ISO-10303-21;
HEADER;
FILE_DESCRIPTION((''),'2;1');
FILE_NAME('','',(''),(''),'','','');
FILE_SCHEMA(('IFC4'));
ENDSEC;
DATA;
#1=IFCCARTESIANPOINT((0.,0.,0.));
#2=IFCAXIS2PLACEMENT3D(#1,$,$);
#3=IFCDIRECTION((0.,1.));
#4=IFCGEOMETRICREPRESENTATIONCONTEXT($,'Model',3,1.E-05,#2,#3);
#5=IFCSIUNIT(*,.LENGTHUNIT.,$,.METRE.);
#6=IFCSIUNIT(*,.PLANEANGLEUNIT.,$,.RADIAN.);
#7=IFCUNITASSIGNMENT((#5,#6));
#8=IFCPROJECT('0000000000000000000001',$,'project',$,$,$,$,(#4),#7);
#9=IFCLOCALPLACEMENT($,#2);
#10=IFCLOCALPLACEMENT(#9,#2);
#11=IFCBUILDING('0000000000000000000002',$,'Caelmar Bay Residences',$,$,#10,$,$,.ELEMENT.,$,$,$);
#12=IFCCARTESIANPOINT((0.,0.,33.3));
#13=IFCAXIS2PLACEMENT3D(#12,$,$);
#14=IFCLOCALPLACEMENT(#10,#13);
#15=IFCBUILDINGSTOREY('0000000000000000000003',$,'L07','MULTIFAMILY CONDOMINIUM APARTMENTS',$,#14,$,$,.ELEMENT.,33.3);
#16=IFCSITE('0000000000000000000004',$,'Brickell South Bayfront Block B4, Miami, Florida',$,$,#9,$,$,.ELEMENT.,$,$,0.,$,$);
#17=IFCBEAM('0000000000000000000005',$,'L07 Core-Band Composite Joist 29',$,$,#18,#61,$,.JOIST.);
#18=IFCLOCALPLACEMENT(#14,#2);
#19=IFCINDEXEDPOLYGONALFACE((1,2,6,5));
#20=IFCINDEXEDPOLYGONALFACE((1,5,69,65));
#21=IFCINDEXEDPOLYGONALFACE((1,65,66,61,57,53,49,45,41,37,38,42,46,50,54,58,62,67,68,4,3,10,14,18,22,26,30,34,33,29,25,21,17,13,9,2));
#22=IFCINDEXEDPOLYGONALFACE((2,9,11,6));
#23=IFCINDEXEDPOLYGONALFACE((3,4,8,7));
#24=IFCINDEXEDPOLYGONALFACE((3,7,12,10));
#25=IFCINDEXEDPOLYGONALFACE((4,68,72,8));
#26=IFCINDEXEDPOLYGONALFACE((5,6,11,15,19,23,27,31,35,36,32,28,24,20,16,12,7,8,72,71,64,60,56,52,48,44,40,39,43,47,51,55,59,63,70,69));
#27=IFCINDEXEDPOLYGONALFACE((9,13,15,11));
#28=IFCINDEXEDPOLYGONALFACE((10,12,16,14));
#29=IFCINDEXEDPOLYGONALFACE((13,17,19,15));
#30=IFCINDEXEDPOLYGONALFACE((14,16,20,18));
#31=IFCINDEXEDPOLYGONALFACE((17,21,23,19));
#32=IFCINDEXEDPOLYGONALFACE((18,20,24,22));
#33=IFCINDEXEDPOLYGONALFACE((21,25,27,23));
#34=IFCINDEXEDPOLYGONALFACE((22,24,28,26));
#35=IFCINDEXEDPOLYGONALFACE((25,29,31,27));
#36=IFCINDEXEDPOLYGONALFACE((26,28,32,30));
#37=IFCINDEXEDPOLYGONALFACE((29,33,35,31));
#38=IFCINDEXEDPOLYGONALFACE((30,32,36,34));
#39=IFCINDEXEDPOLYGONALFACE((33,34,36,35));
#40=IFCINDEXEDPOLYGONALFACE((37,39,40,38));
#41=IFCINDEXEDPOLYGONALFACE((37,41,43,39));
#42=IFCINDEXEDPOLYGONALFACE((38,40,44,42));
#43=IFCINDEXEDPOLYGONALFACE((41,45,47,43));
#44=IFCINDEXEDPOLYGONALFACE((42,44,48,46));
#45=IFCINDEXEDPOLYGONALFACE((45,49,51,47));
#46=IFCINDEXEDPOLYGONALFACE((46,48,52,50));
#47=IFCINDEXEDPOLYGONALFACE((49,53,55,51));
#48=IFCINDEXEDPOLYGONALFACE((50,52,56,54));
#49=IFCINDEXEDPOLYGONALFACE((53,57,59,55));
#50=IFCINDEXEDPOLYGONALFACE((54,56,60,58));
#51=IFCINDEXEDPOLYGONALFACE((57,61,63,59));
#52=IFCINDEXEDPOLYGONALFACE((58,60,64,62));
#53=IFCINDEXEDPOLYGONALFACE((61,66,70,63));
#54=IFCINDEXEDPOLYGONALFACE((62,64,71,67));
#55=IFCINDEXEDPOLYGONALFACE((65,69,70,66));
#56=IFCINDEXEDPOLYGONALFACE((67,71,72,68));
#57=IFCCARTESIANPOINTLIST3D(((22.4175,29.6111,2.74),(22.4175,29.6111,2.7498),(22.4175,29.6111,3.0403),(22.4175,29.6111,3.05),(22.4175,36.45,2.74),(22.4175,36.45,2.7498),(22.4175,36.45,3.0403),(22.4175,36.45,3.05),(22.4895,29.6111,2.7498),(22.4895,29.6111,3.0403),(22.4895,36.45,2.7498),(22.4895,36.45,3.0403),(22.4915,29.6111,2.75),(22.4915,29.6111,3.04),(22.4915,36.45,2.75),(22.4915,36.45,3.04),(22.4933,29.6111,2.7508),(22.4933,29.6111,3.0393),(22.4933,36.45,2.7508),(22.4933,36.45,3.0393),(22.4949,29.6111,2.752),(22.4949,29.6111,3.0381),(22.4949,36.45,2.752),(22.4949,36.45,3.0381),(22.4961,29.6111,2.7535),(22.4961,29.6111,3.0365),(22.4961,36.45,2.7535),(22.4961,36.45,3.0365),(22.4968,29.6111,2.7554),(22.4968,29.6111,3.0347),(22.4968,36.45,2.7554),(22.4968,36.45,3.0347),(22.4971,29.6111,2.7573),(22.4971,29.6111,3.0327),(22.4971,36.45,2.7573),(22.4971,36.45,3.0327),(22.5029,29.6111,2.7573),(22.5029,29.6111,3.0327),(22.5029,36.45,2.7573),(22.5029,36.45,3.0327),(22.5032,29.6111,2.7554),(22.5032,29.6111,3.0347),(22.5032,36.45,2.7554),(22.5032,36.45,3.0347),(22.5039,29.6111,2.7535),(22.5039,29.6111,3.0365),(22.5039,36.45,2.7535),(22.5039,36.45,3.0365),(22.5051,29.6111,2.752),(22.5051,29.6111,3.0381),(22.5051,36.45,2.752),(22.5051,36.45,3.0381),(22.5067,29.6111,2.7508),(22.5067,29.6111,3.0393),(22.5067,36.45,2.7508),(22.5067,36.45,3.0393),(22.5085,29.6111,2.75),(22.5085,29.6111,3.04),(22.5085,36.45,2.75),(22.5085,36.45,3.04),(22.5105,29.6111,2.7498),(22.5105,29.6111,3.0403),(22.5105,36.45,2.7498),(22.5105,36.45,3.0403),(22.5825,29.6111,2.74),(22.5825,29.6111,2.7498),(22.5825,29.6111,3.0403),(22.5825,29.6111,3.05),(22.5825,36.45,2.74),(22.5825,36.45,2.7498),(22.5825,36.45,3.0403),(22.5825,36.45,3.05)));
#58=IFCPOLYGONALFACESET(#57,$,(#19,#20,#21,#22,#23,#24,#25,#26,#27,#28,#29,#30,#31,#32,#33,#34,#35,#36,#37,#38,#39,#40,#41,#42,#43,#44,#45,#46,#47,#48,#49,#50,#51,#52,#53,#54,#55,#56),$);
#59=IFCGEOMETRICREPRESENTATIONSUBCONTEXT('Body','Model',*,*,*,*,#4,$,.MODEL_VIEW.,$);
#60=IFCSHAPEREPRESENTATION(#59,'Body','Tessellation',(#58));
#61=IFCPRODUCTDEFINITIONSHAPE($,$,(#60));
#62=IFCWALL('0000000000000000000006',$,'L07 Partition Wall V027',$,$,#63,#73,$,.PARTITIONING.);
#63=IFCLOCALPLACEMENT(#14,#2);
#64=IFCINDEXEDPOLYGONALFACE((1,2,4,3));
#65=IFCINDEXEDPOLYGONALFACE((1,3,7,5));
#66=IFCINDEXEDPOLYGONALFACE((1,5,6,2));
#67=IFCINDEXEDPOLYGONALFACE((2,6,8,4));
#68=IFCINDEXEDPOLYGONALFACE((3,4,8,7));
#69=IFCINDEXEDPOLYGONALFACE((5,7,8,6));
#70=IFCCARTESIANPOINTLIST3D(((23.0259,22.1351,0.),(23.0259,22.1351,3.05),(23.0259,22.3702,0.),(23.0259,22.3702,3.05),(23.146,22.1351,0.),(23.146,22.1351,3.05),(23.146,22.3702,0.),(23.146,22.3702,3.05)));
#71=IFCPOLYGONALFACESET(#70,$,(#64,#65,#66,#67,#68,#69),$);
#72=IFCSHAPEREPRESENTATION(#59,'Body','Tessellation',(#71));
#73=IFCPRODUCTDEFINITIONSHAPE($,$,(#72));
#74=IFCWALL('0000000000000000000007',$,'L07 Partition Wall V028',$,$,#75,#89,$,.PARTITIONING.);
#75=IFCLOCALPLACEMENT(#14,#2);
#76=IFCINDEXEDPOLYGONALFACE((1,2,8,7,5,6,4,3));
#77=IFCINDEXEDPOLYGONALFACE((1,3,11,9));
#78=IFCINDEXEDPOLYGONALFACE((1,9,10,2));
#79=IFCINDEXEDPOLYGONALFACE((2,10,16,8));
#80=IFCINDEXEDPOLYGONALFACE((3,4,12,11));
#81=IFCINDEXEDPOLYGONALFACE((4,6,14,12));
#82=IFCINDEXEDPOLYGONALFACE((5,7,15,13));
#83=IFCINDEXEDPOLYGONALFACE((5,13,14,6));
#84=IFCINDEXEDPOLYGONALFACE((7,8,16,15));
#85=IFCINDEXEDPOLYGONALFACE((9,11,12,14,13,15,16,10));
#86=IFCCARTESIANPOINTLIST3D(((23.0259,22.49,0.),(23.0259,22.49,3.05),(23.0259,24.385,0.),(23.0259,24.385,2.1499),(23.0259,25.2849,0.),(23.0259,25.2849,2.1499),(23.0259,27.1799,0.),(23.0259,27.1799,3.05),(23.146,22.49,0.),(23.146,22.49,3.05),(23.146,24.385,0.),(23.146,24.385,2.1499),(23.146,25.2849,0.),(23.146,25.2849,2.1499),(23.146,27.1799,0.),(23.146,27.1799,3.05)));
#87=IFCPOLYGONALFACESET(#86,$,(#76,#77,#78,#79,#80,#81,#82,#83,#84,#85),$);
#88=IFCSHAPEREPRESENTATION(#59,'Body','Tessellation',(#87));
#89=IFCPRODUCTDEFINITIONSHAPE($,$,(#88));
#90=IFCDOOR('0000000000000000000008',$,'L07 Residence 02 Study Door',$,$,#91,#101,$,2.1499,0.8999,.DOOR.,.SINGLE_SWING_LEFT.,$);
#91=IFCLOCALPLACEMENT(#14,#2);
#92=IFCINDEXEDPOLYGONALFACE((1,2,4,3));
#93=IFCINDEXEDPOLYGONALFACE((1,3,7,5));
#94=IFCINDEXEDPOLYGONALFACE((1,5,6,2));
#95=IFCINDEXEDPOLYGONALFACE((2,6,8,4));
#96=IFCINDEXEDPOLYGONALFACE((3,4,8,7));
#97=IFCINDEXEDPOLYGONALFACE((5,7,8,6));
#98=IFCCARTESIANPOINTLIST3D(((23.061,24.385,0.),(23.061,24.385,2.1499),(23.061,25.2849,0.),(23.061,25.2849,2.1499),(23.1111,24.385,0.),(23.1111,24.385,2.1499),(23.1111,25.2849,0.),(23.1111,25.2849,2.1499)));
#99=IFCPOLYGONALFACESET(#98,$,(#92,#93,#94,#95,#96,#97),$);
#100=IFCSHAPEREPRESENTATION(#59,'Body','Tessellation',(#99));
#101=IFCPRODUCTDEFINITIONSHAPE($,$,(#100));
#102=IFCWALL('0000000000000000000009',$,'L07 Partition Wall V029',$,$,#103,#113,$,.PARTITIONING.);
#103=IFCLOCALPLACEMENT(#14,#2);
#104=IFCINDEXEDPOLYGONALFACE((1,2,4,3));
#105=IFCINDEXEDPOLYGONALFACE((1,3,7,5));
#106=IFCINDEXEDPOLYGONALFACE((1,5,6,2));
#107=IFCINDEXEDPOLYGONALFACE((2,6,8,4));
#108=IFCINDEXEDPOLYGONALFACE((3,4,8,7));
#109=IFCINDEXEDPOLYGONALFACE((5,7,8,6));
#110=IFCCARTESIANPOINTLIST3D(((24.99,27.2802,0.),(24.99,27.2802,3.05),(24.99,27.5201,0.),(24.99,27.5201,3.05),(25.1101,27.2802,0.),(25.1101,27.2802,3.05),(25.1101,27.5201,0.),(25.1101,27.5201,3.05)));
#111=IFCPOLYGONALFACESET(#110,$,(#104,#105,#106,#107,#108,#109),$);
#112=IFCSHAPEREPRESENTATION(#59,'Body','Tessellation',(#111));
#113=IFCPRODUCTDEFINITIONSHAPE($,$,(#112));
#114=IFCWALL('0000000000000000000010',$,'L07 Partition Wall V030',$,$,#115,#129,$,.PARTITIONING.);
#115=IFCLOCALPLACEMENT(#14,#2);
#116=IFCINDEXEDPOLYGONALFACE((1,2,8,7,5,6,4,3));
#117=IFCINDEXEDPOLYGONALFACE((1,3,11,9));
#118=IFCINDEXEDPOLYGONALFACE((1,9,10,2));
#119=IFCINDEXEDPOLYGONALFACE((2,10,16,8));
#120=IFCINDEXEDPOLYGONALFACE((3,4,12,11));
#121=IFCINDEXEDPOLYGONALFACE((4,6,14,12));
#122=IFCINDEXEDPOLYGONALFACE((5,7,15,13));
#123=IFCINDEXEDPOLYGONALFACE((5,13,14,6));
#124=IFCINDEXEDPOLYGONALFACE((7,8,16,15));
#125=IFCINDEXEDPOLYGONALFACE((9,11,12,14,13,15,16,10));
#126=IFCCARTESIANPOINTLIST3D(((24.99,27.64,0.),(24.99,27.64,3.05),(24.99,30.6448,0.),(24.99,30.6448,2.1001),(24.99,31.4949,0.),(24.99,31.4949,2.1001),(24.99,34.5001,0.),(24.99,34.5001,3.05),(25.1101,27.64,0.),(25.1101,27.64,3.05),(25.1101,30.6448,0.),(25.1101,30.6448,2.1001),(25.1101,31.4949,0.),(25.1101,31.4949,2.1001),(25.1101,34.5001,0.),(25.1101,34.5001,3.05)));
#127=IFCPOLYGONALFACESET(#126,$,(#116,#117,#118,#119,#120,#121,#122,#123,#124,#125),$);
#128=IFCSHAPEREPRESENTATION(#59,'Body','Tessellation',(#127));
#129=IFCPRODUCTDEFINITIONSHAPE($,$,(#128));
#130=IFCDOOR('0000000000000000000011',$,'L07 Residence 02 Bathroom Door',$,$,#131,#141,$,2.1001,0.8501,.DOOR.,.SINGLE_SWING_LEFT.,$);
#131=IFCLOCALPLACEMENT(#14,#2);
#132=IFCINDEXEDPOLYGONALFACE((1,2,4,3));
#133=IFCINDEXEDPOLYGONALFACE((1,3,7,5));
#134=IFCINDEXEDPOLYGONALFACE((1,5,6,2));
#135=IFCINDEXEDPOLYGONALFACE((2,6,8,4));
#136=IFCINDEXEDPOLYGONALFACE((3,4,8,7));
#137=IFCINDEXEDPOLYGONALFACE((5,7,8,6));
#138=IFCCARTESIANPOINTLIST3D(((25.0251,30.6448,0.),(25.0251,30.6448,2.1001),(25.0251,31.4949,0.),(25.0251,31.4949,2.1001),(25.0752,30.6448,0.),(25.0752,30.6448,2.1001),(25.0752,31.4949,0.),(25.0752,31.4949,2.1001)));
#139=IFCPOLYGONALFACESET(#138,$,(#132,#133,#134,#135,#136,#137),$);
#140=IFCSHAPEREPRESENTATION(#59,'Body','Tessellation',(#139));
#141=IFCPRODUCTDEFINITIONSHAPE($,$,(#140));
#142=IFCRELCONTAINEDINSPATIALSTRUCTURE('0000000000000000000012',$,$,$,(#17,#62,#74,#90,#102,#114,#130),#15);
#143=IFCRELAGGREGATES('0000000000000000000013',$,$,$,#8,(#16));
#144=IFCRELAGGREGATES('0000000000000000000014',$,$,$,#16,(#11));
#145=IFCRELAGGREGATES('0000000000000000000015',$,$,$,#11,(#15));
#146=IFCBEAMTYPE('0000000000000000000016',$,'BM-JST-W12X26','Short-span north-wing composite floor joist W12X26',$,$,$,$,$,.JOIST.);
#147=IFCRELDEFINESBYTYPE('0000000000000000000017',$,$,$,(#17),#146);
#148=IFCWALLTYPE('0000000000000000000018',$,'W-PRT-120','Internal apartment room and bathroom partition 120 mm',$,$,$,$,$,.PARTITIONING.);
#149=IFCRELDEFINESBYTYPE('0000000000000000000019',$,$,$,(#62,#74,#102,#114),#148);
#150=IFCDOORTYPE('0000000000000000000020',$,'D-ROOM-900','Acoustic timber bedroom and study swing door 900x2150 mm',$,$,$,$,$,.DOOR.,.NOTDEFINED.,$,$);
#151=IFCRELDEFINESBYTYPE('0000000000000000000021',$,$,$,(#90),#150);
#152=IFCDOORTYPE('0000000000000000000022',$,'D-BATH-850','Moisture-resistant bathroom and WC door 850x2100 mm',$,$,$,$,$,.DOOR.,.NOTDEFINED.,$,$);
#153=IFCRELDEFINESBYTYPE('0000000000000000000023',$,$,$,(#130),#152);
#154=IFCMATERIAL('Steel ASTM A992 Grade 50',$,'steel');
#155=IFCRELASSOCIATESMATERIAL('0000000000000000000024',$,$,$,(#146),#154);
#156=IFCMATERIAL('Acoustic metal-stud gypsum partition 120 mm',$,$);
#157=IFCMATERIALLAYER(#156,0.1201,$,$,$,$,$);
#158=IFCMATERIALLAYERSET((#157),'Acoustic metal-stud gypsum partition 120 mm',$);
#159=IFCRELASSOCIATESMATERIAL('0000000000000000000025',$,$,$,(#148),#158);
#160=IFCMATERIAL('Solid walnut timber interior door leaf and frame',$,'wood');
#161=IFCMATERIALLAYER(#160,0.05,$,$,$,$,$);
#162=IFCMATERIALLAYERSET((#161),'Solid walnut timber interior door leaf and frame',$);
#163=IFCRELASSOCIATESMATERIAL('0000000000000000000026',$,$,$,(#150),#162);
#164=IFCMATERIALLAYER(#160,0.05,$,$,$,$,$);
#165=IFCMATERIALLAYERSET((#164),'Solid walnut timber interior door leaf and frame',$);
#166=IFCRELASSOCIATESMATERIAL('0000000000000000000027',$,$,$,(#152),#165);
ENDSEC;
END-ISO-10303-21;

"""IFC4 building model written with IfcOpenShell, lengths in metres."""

from ifc_helpers import new_model, si_unit, direction, frame, frame_2d, origin, origin_2d, place, context, subcontext, project, spatial, rectangle, i_section, extrude, material, layer, layer_set, material_profile, profile_set, type_object, element, fill, save


model = new_model("IFC4")

# Units and contexts
model_context = context("Model", 3, precision=1e-05, world=origin(), true_north=direction((0.0, 1.0)))
body_context = subcontext(model_context, "Body", "Model", "MODEL_VIEW")
ifc_project = project(units=[si_unit("LENGTHUNIT", "METRE"), si_unit("PLANEANGLEUNIT", "RADIAN")], contexts=[model_context])

# Site, building, storey
site_placement = place(None, origin())
site = spatial("IfcSite", under=ifc_project, at=site_placement, Name="Brickell South Bayfront Block B4, Miami, Florida", CompositionType="ELEMENT", RefElevation=0.0)
building_placement = place(site_placement, origin())
building = spatial("IfcBuilding", under=site, at=building_placement, Name="Caelmar Bay Residences", CompositionType="ELEMENT")
storey_placement = place(building_placement, frame((0.0, 0.0, 33.3)))
storey = spatial("IfcBuildingStorey", under=building, at=storey_placement, Name="L07", Description="MULTIFAMILY CONDOMINIUM APARTMENTS", CompositionType="ELEMENT", Elevation=33.3)

# Beam
ifc_material_1 = material(Name="Steel ASTM A992 Grade 50", Category="steel")
ifc_material_profile_1 = material_profile(ifc_material_1, i_section(OverallWidth=0.165, OverallDepth=0.3101, WebThickness=0.0059, FlangeThickness=0.0098, FilletRadius=0.0076, at=origin_2d()), Name="W12X26")
ifc_profile_set_1 = profile_set([ifc_material_profile_1], Name="Steel ASTM A992 Grade 50")
beam_type_1 = type_object("IfcBeamType", Name="BM-JST-W12X26", Description="Short-span north-wing composite floor joist W12X26", PredefinedType="JOIST", material=ifc_profile_set_1)
beam_1_placement = place(storey_placement, frame((22.5, 29.6111, 2.895), z_axis=(0.0, 1.0, 0.0), x_axis=(-1.0, 0.0, 0.0)))
element("IfcBeam", 1, at=beam_1_placement, inside=storey, type_object=beam_type_1, Name="L07 Core-Band Composite Joist 29", PredefinedType="JOIST", context=body_context, shape_type="SweptSolid", body=[
    extrude(i_section(OverallWidth=0.165, OverallDepth=0.3101, WebThickness=0.0059, FlangeThickness=0.0098, FilletRadius=0.0076, at=origin_2d()), origin(), (0.0, 0.0, 1.0), 6.8389),
])

# Wall
ifc_material_2 = material(Name="Acoustic metal-stud gypsum partition 120 mm")
ifc_layer_1 = layer(ifc_material_2, 0.1201)
ifc_layer_set_1 = layer_set([ifc_layer_1], Name="Acoustic metal-stud gypsum partition 120 mm")
wall_type_1 = type_object("IfcWallType", Name="W-PRT-120", Description="Internal apartment room and bathroom partition 120 mm", PredefinedType="PARTITIONING", material=ifc_layer_set_1)
wall_1_placement = place(storey_placement, frame((23.0859, 22.135, 0.0), z_axis=(0.0, 0.0, 1.0), x_axis=(0.0, 1.0, 0.0)))
element("IfcWall", 2, at=wall_1_placement, inside=storey, type_object=wall_type_1, Name="L07 Partition Wall V027", PredefinedType="PARTITIONING", context=body_context, shape_type="SweptSolid", body=[
    extrude(rectangle(XDim=0.2351, YDim=0.1201, at=frame_2d((0.1177, 0.0))), origin(), (0.0, 0.0, 1.0), 3.05),
])

# Wall, opening, door
wall_2_placement = place(storey_placement, frame((23.0859, 22.49, 0.0), z_axis=(0.0, 0.0, 1.0), x_axis=(0.0, 1.0, 0.0)))
wall_2 = element("IfcWall", 3, at=wall_2_placement, inside=storey, type_object=wall_type_1, Name="L07 Partition Wall V028", PredefinedType="PARTITIONING", context=body_context, shape_type="SweptSolid", body=[
    extrude(rectangle(XDim=4.6899, YDim=0.1201, at=frame_2d((2.345, 0.0))), origin(), (0.0, 0.0, 1.0), 3.05),
])
opening_1_placement = place(wall_2_placement, frame((1.895, 0.0, 0.0)))
opening_1 = element("IfcOpeningElement", 4, at=opening_1_placement, cuts=wall_2, PredefinedType="OPENING", context=body_context, shape_type="SweptSolid", body=[
    extrude(rectangle(XDim=0.8999, YDim=2.1499, at=frame_2d((0.45, 1.075))), frame((0.0, 0.0701, 0.0), z_axis=(0.0, -1.0, 0.0), x_axis=(1.0, 0.0, 0.0)), (0.0, 0.0, 1.0), 0.1401),
])
ifc_material_3 = material(Name="Solid walnut timber interior door leaf and frame", Category="wood")
ifc_layer_2 = layer(ifc_material_3, 0.05)
ifc_layer_set_2 = layer_set([ifc_layer_2], Name="Solid walnut timber interior door leaf and frame")
door_type_1 = type_object("IfcDoorType", Name="D-ROOM-900", Description="Acoustic timber bedroom and study swing door 900x2150 mm", OperationType="NOTDEFINED", PredefinedType="DOOR", material=ifc_layer_set_2)
door_1_placement = place(opening_1_placement, origin())
door_1 = element("IfcDoor", 5, at=door_1_placement, inside=storey, type_object=door_type_1, Name="L07 Residence 02 Study Door", OperationType="SINGLE_SWING_LEFT", OverallHeight=2.1499, OverallWidth=0.8999, PredefinedType="DOOR", context=body_context, shape_type="SweptSolid", body=[
    extrude(rectangle(XDim=0.8999, YDim=2.1499, at=frame_2d((0.45, 1.075))), frame((0.0, 0.0249, 0.0), z_axis=(0.0, -1.0, 0.0), x_axis=(1.0, 0.0, 0.0)), (0.0, 0.0, 1.0), 0.05),
])
fill(opening_1, door_1)

# Wall
wall_3_placement = place(storey_placement, frame((25.05, 27.28, 0.0), z_axis=(0.0, 0.0, 1.0), x_axis=(0.0, 1.0, 0.0)))
element("IfcWall", 6, at=wall_3_placement, inside=storey, type_object=wall_type_1, Name="L07 Partition Wall V029", PredefinedType="PARTITIONING", context=body_context, shape_type="SweptSolid", body=[
    extrude(rectangle(XDim=0.24, YDim=0.1201, at=frame_2d((0.1201, 0.0))), origin(), (0.0, 0.0, 1.0), 3.05),
])

# Wall, opening, door
wall_4_placement = place(storey_placement, frame((25.05, 27.6399, 0.0), z_axis=(0.0, 0.0, 1.0), x_axis=(0.0, 1.0, 0.0)))
wall_4 = element("IfcWall", 7, at=wall_4_placement, inside=storey, type_object=wall_type_1, Name="L07 Partition Wall V030", PredefinedType="PARTITIONING", context=body_context, shape_type="SweptSolid", body=[
    extrude(rectangle(XDim=6.8601, YDim=0.1201, at=frame_2d((3.4302, 0.0))), origin(), (0.0, 0.0, 1.0), 3.05),
])
opening_2_placement = place(wall_4_placement, frame((3.0049, 0.0, 0.0)))
opening_2 = element("IfcOpeningElement", 8, at=opening_2_placement, cuts=wall_4, PredefinedType="OPENING", context=body_context, shape_type="SweptSolid", body=[
    extrude(rectangle(XDim=0.8501, YDim=2.1001, at=frame_2d((0.425, 1.05))), frame((0.0, 0.0701, 0.0), z_axis=(0.0, -1.0, 0.0), x_axis=(1.0, 0.0, 0.0)), (0.0, 0.0, 1.0), 0.1401),
])
ifc_layer_3 = layer(ifc_material_3, 0.05)
ifc_layer_set_3 = layer_set([ifc_layer_3], Name="Solid walnut timber interior door leaf and frame")
door_type_2 = type_object("IfcDoorType", Name="D-BATH-850", Description="Moisture-resistant bathroom and WC door 850x2100 mm", OperationType="NOTDEFINED", PredefinedType="DOOR", material=ifc_layer_set_3)
door_2_placement = place(opening_2_placement, origin())
door_2 = element("IfcDoor", 9, at=door_2_placement, inside=storey, type_object=door_type_2, Name="L07 Residence 02 Bathroom Door", OperationType="SINGLE_SWING_LEFT", OverallHeight=2.1001, OverallWidth=0.8501, PredefinedType="DOOR", context=body_context, shape_type="SweptSolid", body=[
    extrude(rectangle(XDim=0.8501, YDim=2.1001, at=frame_2d((0.425, 1.05))), frame((0.0, 0.0249, 0.0), z_axis=(0.0, -1.0, 0.0), x_axis=(1.0, 0.0, 0.0)), (0.0, 0.0, 1.0), 0.05),
])
fill(opening_2, door_2)

save(model, "model.ifc")
